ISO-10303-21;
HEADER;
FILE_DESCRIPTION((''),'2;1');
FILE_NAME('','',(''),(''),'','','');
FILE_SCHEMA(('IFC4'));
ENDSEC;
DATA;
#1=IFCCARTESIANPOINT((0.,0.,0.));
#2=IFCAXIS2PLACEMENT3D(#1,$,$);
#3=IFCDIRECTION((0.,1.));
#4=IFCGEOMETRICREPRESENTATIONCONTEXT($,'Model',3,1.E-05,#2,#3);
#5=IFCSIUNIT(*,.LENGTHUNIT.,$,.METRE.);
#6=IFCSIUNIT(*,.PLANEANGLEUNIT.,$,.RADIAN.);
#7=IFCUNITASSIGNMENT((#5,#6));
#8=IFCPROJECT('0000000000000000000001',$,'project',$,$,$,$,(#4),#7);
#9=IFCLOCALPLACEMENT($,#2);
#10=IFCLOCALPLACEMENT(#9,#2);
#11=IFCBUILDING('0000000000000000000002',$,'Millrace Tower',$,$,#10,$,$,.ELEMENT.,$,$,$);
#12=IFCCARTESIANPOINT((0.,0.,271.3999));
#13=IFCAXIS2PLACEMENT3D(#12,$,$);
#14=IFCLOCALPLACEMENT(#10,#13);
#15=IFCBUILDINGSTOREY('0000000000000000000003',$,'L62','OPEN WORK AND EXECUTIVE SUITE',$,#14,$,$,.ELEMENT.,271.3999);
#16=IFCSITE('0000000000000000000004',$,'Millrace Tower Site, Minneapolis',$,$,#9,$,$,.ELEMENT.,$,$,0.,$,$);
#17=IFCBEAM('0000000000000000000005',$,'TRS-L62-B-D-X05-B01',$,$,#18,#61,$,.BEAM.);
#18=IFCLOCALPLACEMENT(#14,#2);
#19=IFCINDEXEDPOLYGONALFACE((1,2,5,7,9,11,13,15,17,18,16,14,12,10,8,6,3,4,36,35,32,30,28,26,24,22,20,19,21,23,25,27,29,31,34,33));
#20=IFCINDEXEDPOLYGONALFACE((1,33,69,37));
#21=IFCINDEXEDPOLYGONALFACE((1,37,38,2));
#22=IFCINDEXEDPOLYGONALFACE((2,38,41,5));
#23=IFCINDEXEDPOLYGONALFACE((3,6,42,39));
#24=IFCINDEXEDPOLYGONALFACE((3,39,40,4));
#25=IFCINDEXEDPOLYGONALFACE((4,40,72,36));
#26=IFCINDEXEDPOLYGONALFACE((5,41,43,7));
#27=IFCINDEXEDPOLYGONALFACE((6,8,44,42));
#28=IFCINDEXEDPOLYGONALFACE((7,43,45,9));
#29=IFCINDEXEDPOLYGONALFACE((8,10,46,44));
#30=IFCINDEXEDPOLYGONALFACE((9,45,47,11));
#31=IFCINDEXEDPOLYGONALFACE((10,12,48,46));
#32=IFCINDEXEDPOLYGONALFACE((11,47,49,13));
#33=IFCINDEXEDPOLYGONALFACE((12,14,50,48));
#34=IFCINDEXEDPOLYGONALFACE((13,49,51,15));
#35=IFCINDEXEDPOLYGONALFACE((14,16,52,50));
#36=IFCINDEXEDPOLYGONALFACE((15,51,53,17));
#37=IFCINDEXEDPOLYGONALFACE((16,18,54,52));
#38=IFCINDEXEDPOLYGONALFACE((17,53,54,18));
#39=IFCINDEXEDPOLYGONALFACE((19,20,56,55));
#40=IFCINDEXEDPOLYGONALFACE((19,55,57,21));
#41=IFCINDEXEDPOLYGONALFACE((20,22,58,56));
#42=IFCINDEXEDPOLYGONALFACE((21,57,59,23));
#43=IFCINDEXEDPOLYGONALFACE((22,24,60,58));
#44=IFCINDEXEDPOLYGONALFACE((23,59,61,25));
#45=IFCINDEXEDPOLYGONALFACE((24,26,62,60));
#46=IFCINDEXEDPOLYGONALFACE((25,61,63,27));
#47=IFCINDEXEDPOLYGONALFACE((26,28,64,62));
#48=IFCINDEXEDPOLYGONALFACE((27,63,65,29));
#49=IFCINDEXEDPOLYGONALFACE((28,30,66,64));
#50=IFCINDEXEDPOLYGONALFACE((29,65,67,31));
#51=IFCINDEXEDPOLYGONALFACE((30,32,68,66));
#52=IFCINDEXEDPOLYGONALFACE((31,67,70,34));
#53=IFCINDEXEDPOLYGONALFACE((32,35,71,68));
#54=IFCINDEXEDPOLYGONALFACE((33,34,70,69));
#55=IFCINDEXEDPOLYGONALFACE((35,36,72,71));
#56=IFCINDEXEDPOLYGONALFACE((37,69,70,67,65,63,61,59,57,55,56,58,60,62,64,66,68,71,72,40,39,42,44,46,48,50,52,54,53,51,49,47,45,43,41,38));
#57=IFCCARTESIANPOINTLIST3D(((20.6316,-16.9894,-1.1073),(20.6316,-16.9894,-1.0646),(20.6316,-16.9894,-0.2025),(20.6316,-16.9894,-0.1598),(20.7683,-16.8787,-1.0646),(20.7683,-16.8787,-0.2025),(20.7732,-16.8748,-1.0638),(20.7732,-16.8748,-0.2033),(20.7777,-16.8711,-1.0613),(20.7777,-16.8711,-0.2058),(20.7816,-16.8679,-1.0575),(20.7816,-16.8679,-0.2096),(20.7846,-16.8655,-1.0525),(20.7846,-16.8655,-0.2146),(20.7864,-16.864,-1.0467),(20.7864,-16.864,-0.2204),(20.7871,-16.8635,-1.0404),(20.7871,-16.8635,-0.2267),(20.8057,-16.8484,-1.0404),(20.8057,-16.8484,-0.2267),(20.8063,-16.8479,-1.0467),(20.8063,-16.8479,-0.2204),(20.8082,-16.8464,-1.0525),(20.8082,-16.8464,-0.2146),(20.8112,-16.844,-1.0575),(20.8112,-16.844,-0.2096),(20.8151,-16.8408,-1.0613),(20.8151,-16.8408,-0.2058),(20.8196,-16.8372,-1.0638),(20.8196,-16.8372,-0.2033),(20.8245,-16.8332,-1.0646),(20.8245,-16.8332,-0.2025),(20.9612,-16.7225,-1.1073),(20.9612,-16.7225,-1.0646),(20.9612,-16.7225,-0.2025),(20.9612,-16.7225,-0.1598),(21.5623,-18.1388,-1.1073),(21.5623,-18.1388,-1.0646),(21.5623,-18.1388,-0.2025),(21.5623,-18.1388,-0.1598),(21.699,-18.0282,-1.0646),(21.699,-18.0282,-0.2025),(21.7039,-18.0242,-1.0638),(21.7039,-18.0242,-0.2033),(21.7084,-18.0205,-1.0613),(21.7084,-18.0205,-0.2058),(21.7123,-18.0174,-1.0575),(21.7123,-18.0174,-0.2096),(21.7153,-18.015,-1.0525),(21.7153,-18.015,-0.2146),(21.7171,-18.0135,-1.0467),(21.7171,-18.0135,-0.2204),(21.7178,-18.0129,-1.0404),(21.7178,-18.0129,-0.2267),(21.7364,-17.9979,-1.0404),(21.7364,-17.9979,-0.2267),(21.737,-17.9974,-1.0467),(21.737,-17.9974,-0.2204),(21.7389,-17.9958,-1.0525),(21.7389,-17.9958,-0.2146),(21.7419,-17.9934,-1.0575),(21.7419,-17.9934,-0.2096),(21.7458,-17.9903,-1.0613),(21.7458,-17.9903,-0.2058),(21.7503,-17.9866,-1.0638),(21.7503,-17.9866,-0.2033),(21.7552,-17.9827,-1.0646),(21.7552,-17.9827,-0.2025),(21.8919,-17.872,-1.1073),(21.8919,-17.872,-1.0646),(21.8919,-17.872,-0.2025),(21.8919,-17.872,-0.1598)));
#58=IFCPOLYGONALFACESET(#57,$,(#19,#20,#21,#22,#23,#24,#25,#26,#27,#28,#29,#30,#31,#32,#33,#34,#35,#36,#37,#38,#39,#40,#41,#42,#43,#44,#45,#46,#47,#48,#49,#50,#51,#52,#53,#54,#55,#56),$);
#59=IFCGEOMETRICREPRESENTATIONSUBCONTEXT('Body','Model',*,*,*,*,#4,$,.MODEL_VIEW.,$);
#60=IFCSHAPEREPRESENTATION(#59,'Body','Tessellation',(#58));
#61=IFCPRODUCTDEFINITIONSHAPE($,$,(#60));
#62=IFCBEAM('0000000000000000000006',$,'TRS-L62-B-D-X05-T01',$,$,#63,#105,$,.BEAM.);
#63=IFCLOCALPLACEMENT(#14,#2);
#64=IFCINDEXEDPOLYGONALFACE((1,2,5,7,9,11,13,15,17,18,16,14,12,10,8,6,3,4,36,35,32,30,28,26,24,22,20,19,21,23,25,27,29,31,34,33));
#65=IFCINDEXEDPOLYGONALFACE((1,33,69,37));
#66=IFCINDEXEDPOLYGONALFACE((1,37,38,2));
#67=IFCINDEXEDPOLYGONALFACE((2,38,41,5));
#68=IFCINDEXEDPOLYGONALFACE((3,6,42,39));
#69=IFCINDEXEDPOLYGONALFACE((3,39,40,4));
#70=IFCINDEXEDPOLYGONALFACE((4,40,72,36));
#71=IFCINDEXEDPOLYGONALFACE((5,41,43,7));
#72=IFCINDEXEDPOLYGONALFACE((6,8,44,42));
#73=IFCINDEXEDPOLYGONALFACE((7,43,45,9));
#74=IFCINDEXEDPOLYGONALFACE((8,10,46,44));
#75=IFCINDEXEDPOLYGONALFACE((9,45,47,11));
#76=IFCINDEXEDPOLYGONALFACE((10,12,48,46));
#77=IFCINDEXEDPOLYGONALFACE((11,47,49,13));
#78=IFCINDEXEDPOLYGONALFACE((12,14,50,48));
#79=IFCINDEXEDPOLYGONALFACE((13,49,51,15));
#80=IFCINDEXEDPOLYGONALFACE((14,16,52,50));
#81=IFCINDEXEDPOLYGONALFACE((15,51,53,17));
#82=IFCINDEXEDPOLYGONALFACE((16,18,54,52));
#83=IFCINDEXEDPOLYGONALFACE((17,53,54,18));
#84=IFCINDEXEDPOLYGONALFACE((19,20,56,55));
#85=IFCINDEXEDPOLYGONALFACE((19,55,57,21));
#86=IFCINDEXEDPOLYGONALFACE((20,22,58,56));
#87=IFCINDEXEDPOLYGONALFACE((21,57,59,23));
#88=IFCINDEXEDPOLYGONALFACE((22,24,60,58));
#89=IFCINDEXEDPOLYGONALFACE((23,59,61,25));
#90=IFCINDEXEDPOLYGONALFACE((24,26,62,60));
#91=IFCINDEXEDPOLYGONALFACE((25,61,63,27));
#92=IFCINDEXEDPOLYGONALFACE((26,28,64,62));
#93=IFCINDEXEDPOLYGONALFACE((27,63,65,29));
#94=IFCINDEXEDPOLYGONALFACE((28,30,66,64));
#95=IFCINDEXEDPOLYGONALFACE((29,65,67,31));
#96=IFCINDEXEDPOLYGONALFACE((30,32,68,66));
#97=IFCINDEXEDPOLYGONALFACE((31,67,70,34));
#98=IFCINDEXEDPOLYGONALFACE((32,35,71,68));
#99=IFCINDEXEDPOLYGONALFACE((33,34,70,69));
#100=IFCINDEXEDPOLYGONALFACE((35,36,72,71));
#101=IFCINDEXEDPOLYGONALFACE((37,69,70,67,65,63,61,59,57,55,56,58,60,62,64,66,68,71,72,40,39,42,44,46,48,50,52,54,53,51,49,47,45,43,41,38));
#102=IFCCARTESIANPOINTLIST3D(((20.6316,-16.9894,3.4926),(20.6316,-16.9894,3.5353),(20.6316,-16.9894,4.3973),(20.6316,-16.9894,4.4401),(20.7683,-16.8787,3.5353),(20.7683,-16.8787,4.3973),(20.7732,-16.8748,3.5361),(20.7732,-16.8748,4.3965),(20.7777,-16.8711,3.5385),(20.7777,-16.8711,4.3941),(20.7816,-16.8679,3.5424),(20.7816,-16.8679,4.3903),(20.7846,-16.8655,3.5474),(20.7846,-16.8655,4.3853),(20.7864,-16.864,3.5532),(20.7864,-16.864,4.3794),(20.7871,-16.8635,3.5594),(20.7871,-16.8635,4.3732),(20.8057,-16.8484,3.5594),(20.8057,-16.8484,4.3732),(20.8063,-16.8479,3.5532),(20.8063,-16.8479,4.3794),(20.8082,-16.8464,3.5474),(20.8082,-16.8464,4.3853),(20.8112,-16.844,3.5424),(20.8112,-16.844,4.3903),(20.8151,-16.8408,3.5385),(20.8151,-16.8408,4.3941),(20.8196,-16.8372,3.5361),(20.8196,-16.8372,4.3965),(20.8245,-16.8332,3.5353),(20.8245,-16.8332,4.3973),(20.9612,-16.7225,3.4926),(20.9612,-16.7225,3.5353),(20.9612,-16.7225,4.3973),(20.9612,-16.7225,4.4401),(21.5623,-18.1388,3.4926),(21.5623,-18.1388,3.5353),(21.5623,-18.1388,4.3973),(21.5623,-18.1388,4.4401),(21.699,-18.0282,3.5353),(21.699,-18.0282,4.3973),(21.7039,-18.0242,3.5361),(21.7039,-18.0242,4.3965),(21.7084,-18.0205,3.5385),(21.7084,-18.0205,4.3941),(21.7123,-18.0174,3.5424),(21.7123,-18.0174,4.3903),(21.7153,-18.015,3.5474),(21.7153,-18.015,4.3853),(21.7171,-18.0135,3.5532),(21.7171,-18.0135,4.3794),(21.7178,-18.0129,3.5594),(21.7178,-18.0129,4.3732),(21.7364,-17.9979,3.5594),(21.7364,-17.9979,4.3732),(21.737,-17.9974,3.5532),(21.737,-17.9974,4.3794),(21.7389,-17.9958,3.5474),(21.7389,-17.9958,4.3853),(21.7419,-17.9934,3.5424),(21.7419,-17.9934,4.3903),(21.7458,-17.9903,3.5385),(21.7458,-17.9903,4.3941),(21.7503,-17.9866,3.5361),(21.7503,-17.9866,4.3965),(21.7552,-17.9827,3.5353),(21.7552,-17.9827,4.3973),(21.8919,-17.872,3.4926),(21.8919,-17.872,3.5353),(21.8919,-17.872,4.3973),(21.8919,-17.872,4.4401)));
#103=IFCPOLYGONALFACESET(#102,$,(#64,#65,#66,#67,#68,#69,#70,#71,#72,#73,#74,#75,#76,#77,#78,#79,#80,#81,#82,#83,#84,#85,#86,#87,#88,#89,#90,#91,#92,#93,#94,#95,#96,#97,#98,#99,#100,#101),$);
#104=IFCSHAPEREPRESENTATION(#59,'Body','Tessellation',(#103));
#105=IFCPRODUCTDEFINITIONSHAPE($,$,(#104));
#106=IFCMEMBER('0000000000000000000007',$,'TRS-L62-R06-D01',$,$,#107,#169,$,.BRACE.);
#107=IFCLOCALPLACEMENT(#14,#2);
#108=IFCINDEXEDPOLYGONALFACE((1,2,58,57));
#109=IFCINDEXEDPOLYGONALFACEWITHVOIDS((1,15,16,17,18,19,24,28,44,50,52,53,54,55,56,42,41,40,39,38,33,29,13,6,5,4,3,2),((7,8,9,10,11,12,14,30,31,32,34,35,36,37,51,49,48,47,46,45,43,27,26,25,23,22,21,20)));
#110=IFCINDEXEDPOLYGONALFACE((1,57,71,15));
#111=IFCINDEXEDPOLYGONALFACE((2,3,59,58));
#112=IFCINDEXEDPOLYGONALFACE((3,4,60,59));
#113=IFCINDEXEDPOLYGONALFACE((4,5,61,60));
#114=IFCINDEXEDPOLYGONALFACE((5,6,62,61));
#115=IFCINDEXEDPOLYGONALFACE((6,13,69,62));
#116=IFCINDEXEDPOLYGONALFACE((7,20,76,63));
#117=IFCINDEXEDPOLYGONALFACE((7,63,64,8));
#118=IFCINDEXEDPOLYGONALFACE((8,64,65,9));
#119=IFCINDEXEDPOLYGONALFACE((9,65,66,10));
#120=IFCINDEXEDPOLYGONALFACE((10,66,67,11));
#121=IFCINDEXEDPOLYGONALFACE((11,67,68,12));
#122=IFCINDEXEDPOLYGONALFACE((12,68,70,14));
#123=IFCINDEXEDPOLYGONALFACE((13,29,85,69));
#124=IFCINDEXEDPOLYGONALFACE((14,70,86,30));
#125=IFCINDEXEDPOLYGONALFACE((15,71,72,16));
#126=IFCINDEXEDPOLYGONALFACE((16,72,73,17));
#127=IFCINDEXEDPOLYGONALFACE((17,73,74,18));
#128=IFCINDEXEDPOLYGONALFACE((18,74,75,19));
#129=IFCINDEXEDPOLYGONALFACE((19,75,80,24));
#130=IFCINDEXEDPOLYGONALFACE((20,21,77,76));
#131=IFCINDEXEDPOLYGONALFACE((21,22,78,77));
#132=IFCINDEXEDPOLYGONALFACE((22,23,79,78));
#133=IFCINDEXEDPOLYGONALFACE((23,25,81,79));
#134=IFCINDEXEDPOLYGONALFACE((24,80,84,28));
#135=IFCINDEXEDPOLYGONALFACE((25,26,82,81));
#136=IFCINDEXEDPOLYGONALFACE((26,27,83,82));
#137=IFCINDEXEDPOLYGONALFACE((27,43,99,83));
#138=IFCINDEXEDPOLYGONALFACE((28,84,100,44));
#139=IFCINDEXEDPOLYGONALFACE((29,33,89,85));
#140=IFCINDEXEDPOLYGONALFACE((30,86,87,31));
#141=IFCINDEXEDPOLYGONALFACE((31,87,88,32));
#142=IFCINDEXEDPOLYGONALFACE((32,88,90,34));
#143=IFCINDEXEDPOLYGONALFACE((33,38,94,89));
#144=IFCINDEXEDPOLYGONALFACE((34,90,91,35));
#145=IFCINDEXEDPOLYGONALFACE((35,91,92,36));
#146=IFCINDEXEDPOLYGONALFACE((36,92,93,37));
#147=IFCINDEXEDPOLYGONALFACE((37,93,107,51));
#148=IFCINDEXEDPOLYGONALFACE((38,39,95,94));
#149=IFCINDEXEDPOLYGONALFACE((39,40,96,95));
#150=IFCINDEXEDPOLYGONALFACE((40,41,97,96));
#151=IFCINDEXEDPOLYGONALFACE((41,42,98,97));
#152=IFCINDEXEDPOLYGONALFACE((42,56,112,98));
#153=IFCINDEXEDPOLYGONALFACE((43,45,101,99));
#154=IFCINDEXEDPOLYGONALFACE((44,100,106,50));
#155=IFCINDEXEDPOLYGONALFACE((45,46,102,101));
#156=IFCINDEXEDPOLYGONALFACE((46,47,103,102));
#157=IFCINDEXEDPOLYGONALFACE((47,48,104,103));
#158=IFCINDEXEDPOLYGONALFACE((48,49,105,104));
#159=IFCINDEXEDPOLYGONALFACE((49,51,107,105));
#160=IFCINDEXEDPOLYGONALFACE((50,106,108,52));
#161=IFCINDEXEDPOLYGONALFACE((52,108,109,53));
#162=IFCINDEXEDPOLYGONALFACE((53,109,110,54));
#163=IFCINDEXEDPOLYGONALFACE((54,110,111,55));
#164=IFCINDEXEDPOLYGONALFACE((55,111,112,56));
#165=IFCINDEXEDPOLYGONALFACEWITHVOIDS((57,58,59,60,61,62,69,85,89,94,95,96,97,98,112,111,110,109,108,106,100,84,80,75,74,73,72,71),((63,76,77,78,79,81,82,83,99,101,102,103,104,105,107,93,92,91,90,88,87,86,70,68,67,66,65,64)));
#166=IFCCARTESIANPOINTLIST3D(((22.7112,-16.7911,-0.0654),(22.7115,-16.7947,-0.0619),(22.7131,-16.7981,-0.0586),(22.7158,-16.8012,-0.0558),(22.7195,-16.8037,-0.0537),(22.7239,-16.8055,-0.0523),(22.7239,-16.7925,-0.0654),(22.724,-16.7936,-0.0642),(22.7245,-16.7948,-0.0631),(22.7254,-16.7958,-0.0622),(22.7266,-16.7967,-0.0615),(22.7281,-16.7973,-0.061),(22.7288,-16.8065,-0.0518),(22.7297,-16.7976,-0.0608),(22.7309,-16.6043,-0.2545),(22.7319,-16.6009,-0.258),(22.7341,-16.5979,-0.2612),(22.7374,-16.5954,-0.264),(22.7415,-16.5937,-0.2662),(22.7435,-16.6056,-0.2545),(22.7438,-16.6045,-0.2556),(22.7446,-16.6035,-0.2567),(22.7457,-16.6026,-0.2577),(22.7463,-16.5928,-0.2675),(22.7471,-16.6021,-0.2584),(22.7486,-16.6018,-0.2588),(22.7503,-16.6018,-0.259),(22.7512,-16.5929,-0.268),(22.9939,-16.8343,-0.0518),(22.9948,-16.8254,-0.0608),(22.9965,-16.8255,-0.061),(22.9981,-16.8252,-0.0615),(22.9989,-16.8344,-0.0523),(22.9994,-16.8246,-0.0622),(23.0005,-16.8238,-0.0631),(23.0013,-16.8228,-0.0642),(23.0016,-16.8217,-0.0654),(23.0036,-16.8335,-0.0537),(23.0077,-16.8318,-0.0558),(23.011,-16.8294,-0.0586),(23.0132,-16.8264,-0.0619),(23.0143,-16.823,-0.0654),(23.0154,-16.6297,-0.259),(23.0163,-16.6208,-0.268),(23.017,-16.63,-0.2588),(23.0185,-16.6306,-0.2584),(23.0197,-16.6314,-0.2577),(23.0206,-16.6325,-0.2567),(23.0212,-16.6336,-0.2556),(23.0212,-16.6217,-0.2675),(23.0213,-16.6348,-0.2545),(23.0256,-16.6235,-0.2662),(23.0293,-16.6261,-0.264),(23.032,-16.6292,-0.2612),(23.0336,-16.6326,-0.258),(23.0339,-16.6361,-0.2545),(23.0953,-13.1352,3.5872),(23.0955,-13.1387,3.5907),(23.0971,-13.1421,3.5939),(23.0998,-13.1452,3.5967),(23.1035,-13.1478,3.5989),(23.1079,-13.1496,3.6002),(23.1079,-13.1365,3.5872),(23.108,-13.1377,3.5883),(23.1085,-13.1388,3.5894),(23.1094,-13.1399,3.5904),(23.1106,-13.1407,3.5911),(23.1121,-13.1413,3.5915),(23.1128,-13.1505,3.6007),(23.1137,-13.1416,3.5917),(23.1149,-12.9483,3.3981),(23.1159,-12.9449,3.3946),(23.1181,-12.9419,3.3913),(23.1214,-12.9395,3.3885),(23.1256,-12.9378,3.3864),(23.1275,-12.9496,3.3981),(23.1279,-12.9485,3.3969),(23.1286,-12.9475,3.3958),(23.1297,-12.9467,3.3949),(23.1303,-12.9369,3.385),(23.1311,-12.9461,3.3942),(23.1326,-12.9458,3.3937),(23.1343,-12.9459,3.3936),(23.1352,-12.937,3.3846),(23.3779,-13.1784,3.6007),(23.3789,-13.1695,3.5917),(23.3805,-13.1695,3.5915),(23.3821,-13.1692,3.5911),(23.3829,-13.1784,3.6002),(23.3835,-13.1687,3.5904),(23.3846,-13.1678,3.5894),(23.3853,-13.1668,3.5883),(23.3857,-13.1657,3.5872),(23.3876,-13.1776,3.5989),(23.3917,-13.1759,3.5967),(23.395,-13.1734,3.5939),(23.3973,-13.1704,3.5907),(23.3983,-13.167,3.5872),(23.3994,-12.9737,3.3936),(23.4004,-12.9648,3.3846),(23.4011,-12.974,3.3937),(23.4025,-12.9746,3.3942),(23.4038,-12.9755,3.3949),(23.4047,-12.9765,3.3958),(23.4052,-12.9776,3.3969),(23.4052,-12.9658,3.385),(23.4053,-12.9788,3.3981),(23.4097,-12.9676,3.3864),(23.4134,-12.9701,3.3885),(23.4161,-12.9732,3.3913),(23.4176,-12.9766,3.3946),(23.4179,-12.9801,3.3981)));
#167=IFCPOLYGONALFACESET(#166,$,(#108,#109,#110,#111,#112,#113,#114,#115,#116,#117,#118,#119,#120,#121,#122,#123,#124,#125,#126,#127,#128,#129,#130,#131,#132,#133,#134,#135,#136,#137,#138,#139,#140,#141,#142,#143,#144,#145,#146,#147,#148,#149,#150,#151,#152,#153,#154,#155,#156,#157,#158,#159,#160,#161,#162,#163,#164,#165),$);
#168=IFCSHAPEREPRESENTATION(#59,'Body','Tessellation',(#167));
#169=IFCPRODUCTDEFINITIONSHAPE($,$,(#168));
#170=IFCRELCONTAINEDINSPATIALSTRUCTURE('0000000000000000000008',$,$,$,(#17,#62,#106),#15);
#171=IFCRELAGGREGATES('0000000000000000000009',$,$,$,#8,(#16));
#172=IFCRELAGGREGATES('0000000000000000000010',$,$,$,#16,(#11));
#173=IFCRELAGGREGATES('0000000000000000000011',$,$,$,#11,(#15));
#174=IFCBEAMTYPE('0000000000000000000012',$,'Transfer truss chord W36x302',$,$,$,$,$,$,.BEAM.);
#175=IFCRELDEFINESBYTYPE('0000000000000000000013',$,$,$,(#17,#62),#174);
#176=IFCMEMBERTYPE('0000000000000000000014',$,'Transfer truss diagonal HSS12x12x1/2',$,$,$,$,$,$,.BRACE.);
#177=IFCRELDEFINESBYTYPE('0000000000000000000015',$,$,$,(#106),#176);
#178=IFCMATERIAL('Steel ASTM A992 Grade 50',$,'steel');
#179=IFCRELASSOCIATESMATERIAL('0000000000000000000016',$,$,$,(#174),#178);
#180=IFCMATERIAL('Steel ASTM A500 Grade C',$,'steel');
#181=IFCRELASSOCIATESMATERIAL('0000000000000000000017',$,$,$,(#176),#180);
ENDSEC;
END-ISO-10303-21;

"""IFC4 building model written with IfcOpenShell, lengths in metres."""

from ifc_helpers import new_model, si_unit, direction, frame, origin, origin_2d, place, context, subcontext, project, spatial, hollow_rectangle, i_section, extrude, material, material_profile, profile_set, type_object, element, save


model = new_model("IFC4")

# Units and contexts
model_context = context("Model", 3, precision=1e-05, world=origin(), true_north=direction((0.0, 1.0)))
body_context = subcontext(model_context, "Body", "Model", "MODEL_VIEW")
ifc_project = project(units=[si_unit("LENGTHUNIT", "METRE"), si_unit("PLANEANGLEUNIT", "RADIAN")], contexts=[model_context])

# Site, building, storey
site_placement = place(None, origin())
site = spatial("IfcSite", under=ifc_project, at=site_placement, Name="Millrace Tower Site, Minneapolis", CompositionType="ELEMENT", RefElevation=0.0)
building_placement = place(site_placement, origin())
building = spatial("IfcBuilding", under=site, at=building_placement, Name="Millrace Tower", CompositionType="ELEMENT")
storey_placement = place(building_placement, frame((0.0, 0.0, 271.3999)))
storey = spatial("IfcBuildingStorey", under=building, at=storey_placement, Name="L62", Description="OPEN WORK AND EXECUTIVE SUITE", CompositionType="ELEMENT", Elevation=271.3999)

# Beams
ifc_material_1 = material(Name="Steel ASTM A992 Grade 50", Category="steel")
ifc_material_profile_1 = material_profile(ifc_material_1, i_section(OverallWidth=0.4241, OverallDepth=0.9475, WebThickness=0.0239, FlangeThickness=0.0427, FilletRadius=0.0242, at=origin_2d()))
ifc_profile_set_1 = profile_set([ifc_material_profile_1], Name="Steel ASTM A992 Grade 50")
beam_type_1 = type_object("IfcBeamType", Name="Transfer truss chord W36x302", PredefinedType="BEAM", material=ifc_profile_set_1)
for number, where, z_axis, x_axis, name in (
    (1, (20.7964, -16.856, -0.6335), (0.629274, -0.777183, 0.0), (0.777183, 0.629274, 0.0), "TRS-L62-B-D-X05-B01"),
    (2, (20.7964, -16.856, 3.9663), (0.629274, -0.777183, 0.0), (0.777183, 0.629274, 0.0), "TRS-L62-B-D-X05-T01"),
):
    element("IfcBeam", number, at=place(storey_placement, frame(where, z_axis=z_axis, x_axis=x_axis)), inside=storey, type_object=beam_type_1, Name=name, PredefinedType="BEAM", context=body_context, shape_type="SweptSolid", body=[
        extrude(i_section(OverallWidth=0.4241, OverallDepth=0.9475, WebThickness=0.0239, FlangeThickness=0.0427, FilletRadius=0.0242, at=origin_2d()), origin(), (0.0, 0.0, 1.0), 1.479),
    ])

# Member
ifc_material_2 = material(Name="Steel ASTM A500 Grade C", Category="steel")
ifc_material_profile_2 = material_profile(ifc_material_2, hollow_rectangle(XDim=0.3047, YDim=0.3047, WallThickness=0.0127, InnerFilletRadius=0.0063, OuterFilletRadius=0.019, at=origin_2d()))
ifc_profile_set_2 = profile_set([ifc_material_profile_2], Name="Steel ASTM A500 Grade C")
member_type_1 = type_object("IfcMemberType", Name="Transfer truss diagonal HSS12x12x1/2", PredefinedType="BRACE", material=ifc_profile_set_2)
member_1_placement = place(storey_placement, frame((22.8726, -16.7136, -0.1599), z_axis=(0.074106, 0.705492, 0.704833), x_axis=(-0.994528, 0.104467, 0.0)))
element("IfcMember", 3, at=member_1_placement, inside=storey, type_object=member_type_1, Name="TRS-L62-R06-D01", PredefinedType="BRACE", context=body_context, shape_type="SweptSolid", body=[
    extrude(hollow_rectangle(XDim=0.3047, YDim=0.3047, WallThickness=0.0127, InnerFilletRadius=0.0063, OuterFilletRadius=0.019, at=origin_2d()), origin(), (0.0, 0.0, 1.0), 5.1821),
])

save(model, "model.ifc")
